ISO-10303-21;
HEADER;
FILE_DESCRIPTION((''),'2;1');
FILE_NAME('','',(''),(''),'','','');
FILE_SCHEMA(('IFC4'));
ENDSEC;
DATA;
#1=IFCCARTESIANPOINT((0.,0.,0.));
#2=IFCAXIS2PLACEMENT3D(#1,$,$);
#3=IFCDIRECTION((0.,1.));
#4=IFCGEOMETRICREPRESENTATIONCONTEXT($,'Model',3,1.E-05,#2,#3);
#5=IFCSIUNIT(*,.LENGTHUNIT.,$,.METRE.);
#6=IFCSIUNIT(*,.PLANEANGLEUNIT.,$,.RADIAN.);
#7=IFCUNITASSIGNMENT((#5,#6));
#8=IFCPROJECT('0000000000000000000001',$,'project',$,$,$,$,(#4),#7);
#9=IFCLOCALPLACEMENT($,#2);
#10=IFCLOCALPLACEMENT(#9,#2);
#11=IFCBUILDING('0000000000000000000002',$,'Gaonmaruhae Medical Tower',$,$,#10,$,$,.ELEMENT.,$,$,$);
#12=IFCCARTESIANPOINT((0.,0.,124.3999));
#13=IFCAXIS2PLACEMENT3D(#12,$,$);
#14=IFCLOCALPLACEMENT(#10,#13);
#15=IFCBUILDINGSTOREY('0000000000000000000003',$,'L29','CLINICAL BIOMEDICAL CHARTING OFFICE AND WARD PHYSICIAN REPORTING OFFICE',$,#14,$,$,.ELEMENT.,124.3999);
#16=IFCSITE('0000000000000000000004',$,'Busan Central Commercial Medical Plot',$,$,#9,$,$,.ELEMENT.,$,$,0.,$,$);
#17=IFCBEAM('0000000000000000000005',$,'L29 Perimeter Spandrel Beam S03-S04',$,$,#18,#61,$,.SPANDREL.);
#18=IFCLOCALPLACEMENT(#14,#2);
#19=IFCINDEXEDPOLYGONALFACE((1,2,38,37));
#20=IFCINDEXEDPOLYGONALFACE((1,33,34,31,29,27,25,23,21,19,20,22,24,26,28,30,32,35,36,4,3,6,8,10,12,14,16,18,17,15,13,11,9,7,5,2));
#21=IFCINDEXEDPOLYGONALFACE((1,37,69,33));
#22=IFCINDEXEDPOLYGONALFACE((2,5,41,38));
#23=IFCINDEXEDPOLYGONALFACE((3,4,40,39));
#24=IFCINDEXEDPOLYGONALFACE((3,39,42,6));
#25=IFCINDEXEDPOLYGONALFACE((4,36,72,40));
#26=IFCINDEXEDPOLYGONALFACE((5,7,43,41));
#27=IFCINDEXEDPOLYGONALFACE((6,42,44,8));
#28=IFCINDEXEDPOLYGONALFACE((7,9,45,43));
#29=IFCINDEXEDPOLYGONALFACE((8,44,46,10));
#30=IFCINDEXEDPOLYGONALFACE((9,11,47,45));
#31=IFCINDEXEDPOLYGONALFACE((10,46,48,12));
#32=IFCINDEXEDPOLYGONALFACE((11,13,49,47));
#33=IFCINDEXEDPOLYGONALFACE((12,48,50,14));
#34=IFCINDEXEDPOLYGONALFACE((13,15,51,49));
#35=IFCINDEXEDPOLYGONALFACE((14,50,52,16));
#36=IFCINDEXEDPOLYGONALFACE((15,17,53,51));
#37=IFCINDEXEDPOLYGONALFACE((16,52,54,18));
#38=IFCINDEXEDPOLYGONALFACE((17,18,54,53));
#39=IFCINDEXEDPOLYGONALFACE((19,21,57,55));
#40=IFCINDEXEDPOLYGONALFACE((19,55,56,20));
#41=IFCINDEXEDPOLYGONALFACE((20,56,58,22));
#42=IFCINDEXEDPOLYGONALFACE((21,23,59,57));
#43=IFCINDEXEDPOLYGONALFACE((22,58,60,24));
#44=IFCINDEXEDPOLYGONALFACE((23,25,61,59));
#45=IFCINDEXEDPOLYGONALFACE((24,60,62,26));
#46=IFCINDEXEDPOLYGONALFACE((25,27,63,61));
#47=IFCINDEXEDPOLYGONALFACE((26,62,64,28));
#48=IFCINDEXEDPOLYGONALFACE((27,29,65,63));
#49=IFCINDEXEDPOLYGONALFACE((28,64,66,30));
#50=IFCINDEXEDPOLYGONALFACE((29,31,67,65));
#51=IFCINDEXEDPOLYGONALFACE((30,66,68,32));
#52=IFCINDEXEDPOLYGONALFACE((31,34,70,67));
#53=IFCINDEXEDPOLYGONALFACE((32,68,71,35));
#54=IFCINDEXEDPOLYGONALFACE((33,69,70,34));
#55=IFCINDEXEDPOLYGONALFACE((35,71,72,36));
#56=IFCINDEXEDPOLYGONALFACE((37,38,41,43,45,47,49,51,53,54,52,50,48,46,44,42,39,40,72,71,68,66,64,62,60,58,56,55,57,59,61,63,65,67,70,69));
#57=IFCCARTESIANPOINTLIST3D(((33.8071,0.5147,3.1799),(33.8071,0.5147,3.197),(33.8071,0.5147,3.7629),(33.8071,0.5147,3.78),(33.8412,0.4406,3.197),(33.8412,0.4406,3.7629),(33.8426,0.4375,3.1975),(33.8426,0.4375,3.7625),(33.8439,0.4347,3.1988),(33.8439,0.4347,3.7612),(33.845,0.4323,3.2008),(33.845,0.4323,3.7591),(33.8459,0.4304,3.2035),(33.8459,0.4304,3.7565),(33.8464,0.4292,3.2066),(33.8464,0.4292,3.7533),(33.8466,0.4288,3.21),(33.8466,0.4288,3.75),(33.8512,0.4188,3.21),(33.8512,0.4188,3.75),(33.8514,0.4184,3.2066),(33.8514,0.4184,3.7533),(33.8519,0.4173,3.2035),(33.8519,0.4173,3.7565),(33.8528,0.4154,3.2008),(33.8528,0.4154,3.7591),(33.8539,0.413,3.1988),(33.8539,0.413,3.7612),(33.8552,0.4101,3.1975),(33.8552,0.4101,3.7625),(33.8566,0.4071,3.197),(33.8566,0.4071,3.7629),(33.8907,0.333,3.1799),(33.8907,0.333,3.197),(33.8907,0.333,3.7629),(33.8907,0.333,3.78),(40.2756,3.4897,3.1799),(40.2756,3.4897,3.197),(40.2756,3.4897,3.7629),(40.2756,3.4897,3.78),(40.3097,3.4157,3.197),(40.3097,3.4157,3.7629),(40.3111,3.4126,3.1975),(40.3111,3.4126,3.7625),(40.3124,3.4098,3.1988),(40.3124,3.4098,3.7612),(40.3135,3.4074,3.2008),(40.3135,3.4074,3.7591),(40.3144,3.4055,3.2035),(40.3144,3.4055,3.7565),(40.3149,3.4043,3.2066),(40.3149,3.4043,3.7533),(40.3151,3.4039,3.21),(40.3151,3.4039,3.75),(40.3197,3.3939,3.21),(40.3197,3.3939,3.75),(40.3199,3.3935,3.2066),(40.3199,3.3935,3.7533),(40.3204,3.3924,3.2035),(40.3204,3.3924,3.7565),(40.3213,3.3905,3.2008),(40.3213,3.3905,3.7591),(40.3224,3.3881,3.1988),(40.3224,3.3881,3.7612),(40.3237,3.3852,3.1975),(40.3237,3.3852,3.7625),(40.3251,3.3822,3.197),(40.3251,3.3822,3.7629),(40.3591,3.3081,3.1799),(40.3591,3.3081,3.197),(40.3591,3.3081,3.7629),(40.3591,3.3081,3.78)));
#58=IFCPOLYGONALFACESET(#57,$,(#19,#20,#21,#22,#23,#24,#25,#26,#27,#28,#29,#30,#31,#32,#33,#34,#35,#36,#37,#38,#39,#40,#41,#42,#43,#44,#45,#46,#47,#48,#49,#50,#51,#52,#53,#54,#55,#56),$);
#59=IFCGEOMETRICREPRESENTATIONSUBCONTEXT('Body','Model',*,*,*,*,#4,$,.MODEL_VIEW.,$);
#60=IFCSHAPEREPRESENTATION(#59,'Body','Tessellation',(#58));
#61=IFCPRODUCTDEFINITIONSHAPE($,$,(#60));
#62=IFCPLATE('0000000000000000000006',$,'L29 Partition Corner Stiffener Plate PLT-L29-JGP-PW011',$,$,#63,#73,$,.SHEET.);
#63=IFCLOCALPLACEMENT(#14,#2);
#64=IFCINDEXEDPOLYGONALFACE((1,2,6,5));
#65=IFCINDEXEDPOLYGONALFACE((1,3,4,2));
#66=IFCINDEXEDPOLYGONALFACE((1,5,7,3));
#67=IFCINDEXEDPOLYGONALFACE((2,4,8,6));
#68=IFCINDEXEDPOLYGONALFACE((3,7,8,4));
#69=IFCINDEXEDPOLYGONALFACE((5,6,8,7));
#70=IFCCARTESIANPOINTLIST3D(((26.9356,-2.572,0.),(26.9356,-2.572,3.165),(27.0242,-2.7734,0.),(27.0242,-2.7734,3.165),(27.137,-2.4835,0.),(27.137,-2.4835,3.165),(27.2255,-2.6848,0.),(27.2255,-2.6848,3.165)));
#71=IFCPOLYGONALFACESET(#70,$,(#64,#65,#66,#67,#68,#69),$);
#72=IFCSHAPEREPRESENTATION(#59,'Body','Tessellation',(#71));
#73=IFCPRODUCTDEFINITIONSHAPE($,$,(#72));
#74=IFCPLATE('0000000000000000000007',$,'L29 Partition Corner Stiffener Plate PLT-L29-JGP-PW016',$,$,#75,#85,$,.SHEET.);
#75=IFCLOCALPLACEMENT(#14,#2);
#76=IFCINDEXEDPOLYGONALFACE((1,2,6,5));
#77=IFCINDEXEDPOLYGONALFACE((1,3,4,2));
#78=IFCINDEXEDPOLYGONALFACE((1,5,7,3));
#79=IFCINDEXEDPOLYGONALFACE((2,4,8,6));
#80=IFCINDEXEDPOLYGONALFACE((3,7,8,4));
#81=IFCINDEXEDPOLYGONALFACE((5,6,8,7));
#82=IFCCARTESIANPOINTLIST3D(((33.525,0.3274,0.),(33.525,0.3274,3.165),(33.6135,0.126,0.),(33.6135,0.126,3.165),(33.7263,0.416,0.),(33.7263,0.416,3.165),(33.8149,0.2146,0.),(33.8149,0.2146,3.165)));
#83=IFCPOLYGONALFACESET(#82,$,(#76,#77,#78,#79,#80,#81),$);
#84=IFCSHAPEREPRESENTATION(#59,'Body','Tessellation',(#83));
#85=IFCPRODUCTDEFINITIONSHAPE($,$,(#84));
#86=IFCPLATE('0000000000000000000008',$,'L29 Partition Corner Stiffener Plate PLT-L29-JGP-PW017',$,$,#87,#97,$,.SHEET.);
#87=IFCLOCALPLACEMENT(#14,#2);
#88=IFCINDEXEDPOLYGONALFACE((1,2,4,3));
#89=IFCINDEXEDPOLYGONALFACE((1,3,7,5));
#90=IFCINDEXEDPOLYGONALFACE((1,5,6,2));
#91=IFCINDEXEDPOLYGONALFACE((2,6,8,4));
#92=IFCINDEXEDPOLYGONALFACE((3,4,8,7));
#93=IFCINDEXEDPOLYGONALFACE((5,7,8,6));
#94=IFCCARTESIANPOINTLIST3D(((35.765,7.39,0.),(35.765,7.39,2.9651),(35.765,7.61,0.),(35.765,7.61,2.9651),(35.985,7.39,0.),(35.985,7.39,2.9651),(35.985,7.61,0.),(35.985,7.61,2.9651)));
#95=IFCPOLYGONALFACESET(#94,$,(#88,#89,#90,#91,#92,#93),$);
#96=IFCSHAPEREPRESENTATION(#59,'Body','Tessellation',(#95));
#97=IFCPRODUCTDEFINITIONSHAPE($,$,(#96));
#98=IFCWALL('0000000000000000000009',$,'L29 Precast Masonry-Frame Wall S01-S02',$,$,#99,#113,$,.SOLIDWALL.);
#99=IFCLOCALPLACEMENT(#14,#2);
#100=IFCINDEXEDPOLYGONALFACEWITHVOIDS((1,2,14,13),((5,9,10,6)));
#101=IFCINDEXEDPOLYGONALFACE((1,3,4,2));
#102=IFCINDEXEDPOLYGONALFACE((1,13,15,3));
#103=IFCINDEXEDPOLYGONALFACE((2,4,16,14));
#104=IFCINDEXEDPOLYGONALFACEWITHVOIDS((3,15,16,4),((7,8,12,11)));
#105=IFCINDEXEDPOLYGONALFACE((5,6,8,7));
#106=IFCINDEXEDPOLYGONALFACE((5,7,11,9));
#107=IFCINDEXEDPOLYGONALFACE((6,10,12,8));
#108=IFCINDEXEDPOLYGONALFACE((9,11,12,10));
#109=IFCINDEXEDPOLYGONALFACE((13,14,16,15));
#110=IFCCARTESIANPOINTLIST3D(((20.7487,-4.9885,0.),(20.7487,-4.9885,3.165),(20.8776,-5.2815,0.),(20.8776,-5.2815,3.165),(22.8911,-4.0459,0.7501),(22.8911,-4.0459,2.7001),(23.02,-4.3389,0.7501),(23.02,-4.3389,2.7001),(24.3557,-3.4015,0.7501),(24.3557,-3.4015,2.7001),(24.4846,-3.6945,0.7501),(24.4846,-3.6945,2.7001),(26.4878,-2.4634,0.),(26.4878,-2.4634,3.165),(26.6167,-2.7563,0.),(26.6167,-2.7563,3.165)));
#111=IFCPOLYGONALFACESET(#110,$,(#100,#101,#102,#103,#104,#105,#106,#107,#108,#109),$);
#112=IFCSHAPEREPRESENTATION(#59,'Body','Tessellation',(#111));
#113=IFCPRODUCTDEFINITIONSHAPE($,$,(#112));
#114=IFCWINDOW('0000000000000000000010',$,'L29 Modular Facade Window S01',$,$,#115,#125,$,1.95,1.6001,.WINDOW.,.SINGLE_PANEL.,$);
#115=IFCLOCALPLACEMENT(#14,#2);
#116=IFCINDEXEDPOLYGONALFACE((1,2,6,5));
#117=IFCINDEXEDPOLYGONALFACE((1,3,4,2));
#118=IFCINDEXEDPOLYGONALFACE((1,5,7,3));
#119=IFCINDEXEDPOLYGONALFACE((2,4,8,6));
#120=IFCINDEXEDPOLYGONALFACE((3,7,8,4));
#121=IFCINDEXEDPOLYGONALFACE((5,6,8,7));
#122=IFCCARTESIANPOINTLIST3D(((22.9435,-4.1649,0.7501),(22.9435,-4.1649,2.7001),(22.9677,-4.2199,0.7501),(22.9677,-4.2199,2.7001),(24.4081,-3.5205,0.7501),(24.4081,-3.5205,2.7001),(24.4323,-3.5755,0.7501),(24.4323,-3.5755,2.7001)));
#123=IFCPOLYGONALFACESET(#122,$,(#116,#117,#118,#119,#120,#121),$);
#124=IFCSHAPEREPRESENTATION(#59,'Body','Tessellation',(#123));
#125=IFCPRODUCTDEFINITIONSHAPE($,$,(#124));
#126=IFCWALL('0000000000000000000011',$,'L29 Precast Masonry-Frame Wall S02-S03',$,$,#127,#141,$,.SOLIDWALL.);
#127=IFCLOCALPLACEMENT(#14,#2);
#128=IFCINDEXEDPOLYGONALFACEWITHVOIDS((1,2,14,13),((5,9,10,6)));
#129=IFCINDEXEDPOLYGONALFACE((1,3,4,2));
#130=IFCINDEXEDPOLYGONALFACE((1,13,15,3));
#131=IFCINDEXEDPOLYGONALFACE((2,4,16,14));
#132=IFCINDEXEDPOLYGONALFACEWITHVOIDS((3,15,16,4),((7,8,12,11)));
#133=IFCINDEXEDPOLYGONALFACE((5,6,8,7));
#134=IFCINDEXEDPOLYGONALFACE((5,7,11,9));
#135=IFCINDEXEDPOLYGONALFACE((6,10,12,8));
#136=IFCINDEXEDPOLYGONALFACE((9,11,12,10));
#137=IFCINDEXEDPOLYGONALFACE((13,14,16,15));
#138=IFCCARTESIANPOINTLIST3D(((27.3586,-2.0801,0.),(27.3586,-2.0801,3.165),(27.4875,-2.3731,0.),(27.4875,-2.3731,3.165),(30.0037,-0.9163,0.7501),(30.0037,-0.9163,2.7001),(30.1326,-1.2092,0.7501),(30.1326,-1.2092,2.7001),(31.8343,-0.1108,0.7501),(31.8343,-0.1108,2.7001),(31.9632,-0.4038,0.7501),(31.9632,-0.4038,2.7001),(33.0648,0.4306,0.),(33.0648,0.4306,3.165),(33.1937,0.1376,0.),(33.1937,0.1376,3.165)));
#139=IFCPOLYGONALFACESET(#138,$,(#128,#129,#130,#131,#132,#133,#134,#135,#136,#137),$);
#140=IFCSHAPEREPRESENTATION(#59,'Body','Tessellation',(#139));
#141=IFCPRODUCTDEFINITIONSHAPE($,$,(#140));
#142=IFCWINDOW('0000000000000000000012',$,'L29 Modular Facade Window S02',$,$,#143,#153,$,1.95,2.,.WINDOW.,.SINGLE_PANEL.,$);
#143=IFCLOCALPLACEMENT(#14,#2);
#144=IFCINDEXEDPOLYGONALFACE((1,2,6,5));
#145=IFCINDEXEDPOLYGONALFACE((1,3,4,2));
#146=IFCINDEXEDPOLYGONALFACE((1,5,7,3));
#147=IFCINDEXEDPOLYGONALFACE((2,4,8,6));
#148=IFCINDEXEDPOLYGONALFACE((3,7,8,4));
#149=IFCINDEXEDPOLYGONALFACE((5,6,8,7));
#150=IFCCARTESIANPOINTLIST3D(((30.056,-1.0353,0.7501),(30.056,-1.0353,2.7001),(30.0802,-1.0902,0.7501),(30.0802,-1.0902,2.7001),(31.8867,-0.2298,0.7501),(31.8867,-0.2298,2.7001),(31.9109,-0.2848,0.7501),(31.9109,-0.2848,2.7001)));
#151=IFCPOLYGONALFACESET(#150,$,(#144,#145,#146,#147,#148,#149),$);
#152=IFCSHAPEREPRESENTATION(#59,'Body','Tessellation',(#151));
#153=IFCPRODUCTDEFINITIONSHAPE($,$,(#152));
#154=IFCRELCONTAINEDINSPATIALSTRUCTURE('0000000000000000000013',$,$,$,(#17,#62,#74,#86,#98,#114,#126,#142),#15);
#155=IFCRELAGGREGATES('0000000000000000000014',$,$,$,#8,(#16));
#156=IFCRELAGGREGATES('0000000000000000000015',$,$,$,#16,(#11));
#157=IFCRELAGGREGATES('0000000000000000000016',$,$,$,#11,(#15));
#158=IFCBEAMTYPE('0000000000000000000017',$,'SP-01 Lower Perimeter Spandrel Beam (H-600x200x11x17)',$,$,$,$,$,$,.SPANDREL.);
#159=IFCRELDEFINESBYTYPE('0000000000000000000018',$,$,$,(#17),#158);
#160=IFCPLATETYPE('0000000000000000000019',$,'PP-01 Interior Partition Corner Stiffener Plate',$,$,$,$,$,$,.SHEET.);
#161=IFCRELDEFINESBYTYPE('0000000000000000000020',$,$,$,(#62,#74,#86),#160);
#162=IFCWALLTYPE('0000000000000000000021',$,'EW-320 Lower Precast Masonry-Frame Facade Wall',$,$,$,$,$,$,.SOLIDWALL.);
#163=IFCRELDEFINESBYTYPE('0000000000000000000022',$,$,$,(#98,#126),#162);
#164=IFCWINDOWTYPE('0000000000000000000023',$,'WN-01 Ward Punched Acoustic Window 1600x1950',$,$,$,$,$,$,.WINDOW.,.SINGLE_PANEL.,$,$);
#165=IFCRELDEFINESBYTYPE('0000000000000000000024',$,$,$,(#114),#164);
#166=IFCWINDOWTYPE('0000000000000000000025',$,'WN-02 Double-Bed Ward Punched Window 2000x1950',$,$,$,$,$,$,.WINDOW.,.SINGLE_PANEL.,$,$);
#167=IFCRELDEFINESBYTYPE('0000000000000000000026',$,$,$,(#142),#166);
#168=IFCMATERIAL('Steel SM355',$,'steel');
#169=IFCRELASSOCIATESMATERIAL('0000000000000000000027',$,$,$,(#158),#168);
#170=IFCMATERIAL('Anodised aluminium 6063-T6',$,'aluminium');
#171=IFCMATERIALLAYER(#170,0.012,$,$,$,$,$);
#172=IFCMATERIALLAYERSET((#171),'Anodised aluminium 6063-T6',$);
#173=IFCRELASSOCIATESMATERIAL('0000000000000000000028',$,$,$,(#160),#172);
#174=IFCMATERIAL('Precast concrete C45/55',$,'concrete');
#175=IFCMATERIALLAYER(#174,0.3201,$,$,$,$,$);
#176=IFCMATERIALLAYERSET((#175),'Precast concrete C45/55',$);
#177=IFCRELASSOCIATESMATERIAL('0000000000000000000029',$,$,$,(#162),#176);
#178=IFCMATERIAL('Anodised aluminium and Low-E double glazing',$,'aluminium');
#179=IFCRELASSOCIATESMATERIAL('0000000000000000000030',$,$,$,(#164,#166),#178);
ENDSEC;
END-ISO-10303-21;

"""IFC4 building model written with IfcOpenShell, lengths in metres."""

from ifc_helpers import new_model, si_unit, direction, frame, frame_2d, origin, origin_2d, place, context, subcontext, project, spatial, rectangle, i_section, extrude, material, layer, layer_set, material_profile, profile_set, type_object, element, fill, save


model = new_model("IFC4")

# Units and contexts
model_context = context("Model", 3, precision=1e-05, world=origin(), true_north=direction((0.0, 1.0)))
body_context = subcontext(model_context, "Body", "Model", "MODEL_VIEW")
ifc_project = project(units=[si_unit("LENGTHUNIT", "METRE"), si_unit("PLANEANGLEUNIT", "RADIAN")], contexts=[model_context])

# Site, building, storey
site_placement = place(None, origin())
site = spatial("IfcSite", under=ifc_project, at=site_placement, Name="Busan Central Commercial Medical Plot", CompositionType="ELEMENT", RefElevation=0.0)
building_placement = place(site_placement, origin())
building = spatial("IfcBuilding", under=site, at=building_placement, Name="Gaonmaruhae Medical Tower", CompositionType="ELEMENT")
storey_placement = place(building_placement, frame((0.0, 0.0, 124.3999)))
storey = spatial("IfcBuildingStorey", under=building, at=storey_placement, Name="L29", Description="CLINICAL BIOMEDICAL CHARTING OFFICE AND WARD PHYSICIAN REPORTING OFFICE", CompositionType="ELEMENT", Elevation=124.3999)

# Beam
ifc_material_1 = material(Name="Steel SM355", Category="steel")
ifc_material_profile_1 = material_profile(ifc_material_1, i_section(OverallWidth=0.2, OverallDepth=0.6001, WebThickness=0.011, FlangeThickness=0.0171, FilletRadius=0.0129, at=origin_2d()), Name="H-600x200x11x17")
ifc_profile_set_1 = profile_set([ifc_material_profile_1], Name="Steel SM355")
beam_type_1 = type_object("IfcBeamType", Name="SP-01 Lower Perimeter Spandrel Beam (H-600x200x11x17)", PredefinedType="SPANDREL", material=ifc_profile_set_1)
for number, where, z_axis, x_axis, name in (
    (1, (33.8489, 0.4238, 3.48), (0.908513, 0.417857, 0.0), (-0.417857, 0.908513, 0.0), "L29 Perimeter Spandrel Beam S03-S04"),
):
    element("IfcBeam", number, at=place(storey_placement, frame(where, z_axis=z_axis, x_axis=x_axis)), inside=storey, type_object=beam_type_1, Name=name, PredefinedType="SPANDREL", context=body_context, shape_type="SweptSolid", body=[
        extrude(i_section(OverallWidth=0.2, OverallDepth=0.6001, WebThickness=0.011, FlangeThickness=0.0171, FilletRadius=0.0129, at=origin_2d()), origin(), (0.0, 0.0, 1.0), 7.1199),
    ])

# Plates
ifc_material_2 = material(Name="Anodised aluminium 6063-T6", Category="aluminium")
ifc_layer_1 = layer(ifc_material_2, 0.012)
ifc_layer_set_1 = layer_set([ifc_layer_1], Name="Anodised aluminium 6063-T6")
plate_type = type_object("IfcPlateType", Name="PP-01 Interior Partition Corner Stiffener Plate", PredefinedType="SHEET", material=ifc_layer_set_1)
for number, where, z_axis, x_axis, name in (
    (2, (27.0806, -2.6284, 0.0), (0.0, 0.0, 1.0), (-0.91541, -0.402523, 0.0), "L29 Partition Corner Stiffener Plate PLT-L29-JGP-PW011"),
    (3, (33.6699, 0.271, 0.0), (0.0, 0.0, 1.0), (-0.915403, -0.402539, 0.0), "L29 Partition Corner Stiffener Plate PLT-L29-JGP-PW016"),
):
    element("IfcPlate", number, at=place(storey_placement, frame(where, z_axis=z_axis, x_axis=x_axis)), inside=storey, type_object=plate_type, Name=name, PredefinedType="SHEET", context=body_context, shape_type="SweptSolid", body=[
        extrude(rectangle(XDim=0.22, YDim=0.22, at=origin_2d()), origin(), (0.0, 0.0, 1.0), 3.165),
    ])
plate_placement = place(storey_placement, frame((35.875, 7.5, 0.0), z_axis=(0.0, 0.0, 1.0), x_axis=(1.0, 0.0, 0.0)))
element("IfcPlate", 4, at=plate_placement, inside=storey, type_object=plate_type, Name="L29 Partition Corner Stiffener Plate PLT-L29-JGP-PW017", PredefinedType="SHEET", context=body_context, shape_type="SweptSolid", body=[
    extrude(rectangle(XDim=0.22, YDim=0.22, at=origin_2d()), origin(), (0.0, 0.0, 1.0), 2.9651),
])

# Walls, openings, windows
ifc_material_3 = material(Name="Precast concrete C45/55", Category="concrete")
ifc_layer_2 = layer(ifc_material_3, 0.3201)
ifc_layer_set_2 = layer_set([ifc_layer_2], Name="Precast concrete C45/55")
wall_type_1 = type_object("IfcWallType", Name="EW-320 Lower Precast Masonry-Frame Facade Wall", PredefinedType="SOLIDWALL", material=ifc_layer_set_2)
wall_1_placement = place(storey_placement, frame((26.5522, -2.6099, 0.0), z_axis=(0.0, 0.0, 1.0), x_axis=(-0.915316, -0.402736, 0.0)))
wall_1 = element("IfcWall", 5, at=wall_1_placement, inside=storey, type_object=wall_type_1, Name="L29 Precast Masonry-Frame Wall S01-S02", PredefinedType="SOLIDWALL", context=body_context, shape_type="SweptSolid", body=[
    extrude(rectangle(XDim=6.27, YDim=0.3201, at=frame_2d((3.135, 0.0))), origin(), (0.0, 0.0, 1.0), 3.165),
])
opening_1_placement = place(wall_1_placement, frame((2.3293, 0.0, 0.75)))
opening_1 = element("IfcOpeningElement", 6, at=opening_1_placement, cuts=wall_1, PredefinedType="OPENING", context=body_context, shape_type="SweptSolid", body=[
    extrude(rectangle(XDim=1.6001, YDim=1.95, at=frame_2d((0.8, 0.9751))), frame((0.0, 0.1699, 0.0), z_axis=(0.0, -1.0, 0.0), x_axis=(1.0, 0.0, 0.0)), (0.0, 0.0, 1.0), 0.3401),
])
ifc_material_4 = material(Name="Anodised aluminium and Low-E double glazing", Category="aluminium")
window_type_1 = type_object("IfcWindowType", Name="WN-01 Ward Punched Acoustic Window 1600x1950", PartitioningType="SINGLE_PANEL", PredefinedType="WINDOW", material=ifc_material_4)
window_1_placement = place(opening_1_placement, origin())
window_1 = element("IfcWindow", 7, at=window_1_placement, inside=storey, type_object=window_type_1, Name="L29 Modular Facade Window S01", OverallHeight=1.95, OverallWidth=1.6001, PartitioningType="SINGLE_PANEL", PredefinedType="WINDOW", context=body_context, shape_type="SweptSolid", body=[
    extrude(rectangle(XDim=1.6001, YDim=1.95, at=frame_2d((0.8, 0.9751))), frame((0.0, 0.03, 0.0), z_axis=(0.0, -1.0, 0.0), x_axis=(1.0, 0.0, 0.0)), (0.0, 0.0, 1.0), 0.0601),
])
fill(opening_1, window_1)
wall_2_placement = place(storey_placement, frame((33.1294, 0.2842, 0.0), z_axis=(0.0, 0.0, 1.0), x_axis=(-0.915317, -0.402735, 0.0)))
wall_2 = element("IfcWall", 8, at=wall_2_placement, inside=storey, type_object=wall_type_1, Name="L29 Precast Masonry-Frame Wall S02-S03", PredefinedType="SOLIDWALL", context=body_context, shape_type="SweptSolid", body=[
    extrude(rectangle(XDim=6.2341, YDim=0.3201, at=frame_2d((3.1172, 0.0))), origin(), (0.0, 0.0, 1.0), 3.165),
])
opening_2_placement = place(wall_2_placement, frame((1.3445, 0.0, 0.75)))
opening_2 = element("IfcOpeningElement", 9, at=opening_2_placement, cuts=wall_2, PredefinedType="OPENING", context=body_context, shape_type="SweptSolid", body=[
    extrude(rectangle(XDim=2.0, YDim=1.95, at=frame_2d((1.0, 0.9751))), frame((0.0, 0.1699, 0.0), z_axis=(0.0, -1.0, 0.0), x_axis=(1.0, 0.0, 0.0)), (0.0, 0.0, 1.0), 0.3401),
])
window_type_2 = type_object("IfcWindowType", Name="WN-02 Double-Bed Ward Punched Window 2000x1950", PartitioningType="SINGLE_PANEL", PredefinedType="WINDOW", material=ifc_material_4)
window_2_placement = place(opening_2_placement, origin())
window_2 = element("IfcWindow", 10, at=window_2_placement, inside=storey, type_object=window_type_2, Name="L29 Modular Facade Window S02", OverallHeight=1.95, OverallWidth=2.0, PartitioningType="SINGLE_PANEL", PredefinedType="WINDOW", context=body_context, shape_type="SweptSolid", body=[
    extrude(rectangle(XDim=2.0, YDim=1.95, at=frame_2d((1.0, 0.9751))), frame((0.0, 0.03, 0.0), z_axis=(0.0, -1.0, 0.0), x_axis=(1.0, 0.0, 0.0)), (0.0, 0.0, 1.0), 0.0601),
])
fill(opening_2, window_2)

save(model, "model.ifc")
